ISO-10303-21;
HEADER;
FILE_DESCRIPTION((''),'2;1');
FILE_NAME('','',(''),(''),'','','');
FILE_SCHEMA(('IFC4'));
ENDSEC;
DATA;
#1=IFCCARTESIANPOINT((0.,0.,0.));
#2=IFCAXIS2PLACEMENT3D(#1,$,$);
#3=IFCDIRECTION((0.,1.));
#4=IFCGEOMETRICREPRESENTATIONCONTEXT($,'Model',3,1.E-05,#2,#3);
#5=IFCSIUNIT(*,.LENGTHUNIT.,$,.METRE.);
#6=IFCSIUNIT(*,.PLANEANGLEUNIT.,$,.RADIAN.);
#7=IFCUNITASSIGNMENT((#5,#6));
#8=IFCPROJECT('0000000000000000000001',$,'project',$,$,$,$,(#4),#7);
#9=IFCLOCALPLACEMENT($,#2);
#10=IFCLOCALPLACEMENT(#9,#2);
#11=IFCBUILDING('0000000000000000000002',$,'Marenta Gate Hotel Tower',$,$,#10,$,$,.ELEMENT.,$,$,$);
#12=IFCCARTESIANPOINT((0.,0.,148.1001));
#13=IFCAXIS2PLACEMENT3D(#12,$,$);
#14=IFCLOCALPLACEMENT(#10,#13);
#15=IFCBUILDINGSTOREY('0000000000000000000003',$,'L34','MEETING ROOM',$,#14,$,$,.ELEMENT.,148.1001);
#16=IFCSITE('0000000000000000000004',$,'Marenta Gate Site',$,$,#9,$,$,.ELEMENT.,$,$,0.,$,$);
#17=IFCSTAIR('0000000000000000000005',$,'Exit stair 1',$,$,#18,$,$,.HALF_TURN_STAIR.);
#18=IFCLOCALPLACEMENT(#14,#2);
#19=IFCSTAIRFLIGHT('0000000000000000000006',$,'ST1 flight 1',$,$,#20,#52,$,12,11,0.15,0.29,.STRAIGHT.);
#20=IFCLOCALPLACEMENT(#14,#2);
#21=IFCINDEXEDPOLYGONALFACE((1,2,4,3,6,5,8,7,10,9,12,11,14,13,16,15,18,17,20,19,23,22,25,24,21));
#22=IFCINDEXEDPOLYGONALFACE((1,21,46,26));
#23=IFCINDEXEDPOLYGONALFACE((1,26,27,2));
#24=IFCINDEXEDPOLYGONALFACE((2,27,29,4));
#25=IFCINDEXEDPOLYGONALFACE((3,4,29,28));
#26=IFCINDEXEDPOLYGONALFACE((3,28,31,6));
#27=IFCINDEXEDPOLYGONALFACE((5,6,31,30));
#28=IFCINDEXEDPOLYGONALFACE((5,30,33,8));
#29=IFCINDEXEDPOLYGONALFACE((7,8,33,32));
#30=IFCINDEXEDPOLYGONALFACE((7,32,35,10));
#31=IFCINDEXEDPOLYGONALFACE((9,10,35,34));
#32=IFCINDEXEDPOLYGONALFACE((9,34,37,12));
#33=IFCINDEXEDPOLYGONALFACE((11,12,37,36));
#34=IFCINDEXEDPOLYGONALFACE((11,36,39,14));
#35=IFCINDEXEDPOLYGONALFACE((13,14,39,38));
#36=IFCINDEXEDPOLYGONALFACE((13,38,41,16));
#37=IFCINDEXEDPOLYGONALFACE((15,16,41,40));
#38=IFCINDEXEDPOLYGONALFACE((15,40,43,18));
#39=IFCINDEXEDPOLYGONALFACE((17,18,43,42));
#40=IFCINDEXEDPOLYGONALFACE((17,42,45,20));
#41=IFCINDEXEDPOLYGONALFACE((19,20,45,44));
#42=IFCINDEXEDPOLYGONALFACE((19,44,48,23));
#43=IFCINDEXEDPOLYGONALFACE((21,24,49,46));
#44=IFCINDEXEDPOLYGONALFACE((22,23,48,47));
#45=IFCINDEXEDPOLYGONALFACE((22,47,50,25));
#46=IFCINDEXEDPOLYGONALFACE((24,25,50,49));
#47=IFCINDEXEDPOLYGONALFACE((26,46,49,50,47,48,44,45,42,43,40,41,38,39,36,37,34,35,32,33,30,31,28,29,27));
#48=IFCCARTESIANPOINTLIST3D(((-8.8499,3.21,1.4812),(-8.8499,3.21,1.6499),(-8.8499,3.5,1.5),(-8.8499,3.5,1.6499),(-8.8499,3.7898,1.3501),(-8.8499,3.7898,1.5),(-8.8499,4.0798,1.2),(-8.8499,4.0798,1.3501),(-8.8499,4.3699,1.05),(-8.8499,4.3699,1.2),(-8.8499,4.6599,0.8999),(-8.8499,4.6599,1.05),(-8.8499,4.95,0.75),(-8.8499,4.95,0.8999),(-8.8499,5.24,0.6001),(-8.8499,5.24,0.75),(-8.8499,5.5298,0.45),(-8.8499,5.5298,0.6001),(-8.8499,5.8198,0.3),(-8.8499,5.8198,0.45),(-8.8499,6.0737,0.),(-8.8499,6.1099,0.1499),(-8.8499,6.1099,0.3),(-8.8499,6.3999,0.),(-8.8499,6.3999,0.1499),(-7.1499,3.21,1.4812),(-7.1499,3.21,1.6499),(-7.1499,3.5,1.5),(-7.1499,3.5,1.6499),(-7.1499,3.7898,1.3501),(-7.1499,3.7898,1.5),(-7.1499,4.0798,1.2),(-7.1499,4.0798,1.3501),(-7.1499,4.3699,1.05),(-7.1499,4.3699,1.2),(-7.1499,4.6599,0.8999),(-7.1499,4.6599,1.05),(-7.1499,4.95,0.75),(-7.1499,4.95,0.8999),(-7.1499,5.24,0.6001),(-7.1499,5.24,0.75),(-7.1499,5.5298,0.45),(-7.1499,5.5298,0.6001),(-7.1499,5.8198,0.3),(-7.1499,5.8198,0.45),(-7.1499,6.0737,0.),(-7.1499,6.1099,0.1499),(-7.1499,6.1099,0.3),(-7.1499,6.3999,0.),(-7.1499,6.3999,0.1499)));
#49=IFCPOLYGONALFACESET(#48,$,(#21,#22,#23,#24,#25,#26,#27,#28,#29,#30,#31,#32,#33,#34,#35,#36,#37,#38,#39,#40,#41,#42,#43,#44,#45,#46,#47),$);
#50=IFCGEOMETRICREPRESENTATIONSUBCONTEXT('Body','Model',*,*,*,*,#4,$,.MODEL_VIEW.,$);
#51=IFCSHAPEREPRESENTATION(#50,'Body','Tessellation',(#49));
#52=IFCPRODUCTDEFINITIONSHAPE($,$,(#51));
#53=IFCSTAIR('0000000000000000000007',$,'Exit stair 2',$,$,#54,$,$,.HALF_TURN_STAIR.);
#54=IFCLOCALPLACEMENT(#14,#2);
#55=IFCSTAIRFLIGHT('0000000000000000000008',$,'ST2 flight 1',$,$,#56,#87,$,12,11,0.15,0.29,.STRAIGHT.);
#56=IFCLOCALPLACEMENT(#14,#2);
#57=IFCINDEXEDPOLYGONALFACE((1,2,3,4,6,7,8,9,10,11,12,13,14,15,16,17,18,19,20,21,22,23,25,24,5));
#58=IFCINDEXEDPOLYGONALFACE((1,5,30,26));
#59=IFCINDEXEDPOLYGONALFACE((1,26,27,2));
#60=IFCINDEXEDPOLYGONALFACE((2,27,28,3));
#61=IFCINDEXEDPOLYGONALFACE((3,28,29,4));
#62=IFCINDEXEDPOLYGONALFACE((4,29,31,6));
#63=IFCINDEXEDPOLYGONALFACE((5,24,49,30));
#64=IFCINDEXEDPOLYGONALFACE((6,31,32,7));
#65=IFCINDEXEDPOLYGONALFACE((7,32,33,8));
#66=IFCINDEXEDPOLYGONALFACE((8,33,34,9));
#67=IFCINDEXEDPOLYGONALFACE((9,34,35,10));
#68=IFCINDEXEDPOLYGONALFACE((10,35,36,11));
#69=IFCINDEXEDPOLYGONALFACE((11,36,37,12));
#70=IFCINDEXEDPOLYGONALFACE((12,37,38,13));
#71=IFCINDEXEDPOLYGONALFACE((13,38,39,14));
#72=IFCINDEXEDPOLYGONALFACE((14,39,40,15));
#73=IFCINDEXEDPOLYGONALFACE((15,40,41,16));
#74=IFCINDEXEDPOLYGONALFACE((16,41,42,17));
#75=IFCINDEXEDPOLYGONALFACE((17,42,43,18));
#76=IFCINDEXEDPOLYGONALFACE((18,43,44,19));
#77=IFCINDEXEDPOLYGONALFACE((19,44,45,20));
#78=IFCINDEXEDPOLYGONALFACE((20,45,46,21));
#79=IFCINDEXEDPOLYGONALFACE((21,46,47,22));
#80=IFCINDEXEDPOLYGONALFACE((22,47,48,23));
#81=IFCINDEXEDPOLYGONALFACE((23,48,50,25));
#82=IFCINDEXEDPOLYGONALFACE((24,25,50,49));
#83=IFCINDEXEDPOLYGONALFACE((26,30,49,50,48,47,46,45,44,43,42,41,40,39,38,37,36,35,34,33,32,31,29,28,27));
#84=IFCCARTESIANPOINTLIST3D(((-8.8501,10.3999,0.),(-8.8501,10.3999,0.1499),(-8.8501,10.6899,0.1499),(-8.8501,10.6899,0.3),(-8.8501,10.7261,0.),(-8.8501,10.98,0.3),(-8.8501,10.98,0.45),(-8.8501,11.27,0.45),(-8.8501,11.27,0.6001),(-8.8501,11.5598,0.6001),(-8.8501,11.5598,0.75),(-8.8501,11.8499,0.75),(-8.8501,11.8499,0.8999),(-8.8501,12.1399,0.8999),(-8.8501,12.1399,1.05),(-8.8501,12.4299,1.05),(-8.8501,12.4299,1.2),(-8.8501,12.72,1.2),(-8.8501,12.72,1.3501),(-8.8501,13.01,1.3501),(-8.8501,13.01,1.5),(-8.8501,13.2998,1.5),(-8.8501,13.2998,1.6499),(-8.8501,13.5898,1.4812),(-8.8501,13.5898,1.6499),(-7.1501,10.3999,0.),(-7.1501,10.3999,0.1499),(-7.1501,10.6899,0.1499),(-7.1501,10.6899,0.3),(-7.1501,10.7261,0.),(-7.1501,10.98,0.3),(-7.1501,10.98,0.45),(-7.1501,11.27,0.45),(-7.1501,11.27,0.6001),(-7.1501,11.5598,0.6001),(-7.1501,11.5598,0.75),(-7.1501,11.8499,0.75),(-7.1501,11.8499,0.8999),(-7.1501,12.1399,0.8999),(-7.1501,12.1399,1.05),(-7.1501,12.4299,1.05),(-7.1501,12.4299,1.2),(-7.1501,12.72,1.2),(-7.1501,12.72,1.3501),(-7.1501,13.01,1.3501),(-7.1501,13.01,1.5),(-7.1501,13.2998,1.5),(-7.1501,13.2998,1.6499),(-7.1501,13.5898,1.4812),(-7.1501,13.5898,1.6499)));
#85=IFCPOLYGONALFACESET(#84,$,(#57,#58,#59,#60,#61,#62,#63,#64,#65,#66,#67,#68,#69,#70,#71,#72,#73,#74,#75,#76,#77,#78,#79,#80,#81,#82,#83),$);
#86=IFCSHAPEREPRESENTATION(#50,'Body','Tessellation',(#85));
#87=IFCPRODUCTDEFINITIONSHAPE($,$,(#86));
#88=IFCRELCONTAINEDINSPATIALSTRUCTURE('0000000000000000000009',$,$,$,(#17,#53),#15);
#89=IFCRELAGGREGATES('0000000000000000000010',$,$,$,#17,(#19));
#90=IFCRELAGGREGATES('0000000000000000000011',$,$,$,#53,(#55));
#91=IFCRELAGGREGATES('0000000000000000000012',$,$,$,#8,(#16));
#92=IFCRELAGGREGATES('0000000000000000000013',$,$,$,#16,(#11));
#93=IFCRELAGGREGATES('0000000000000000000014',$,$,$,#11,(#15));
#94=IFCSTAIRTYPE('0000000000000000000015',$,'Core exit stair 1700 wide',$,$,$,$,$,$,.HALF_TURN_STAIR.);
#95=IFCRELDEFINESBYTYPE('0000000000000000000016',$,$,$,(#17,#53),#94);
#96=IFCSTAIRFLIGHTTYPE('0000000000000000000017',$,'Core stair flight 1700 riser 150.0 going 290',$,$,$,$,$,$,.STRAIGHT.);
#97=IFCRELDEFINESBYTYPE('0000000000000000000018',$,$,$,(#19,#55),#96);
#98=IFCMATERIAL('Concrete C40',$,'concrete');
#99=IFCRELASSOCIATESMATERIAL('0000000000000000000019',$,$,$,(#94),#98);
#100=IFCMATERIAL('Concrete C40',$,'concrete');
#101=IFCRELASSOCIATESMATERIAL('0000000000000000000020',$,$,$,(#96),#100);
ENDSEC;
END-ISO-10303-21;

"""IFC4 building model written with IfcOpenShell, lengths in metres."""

from ifc_helpers import new_model, si_unit, direction, frame, origin, place, context, subcontext, project, spatial, polyline, outline, extrude, material, type_object, element, aggregate, save


model = new_model("IFC4")

# Units and contexts
model_context = context("Model", 3, precision=1e-05, world=origin(), true_north=direction((0.0, 1.0)))
body_context = subcontext(model_context, "Body", "Model", "MODEL_VIEW")
ifc_project = project(units=[si_unit("LENGTHUNIT", "METRE"), si_unit("PLANEANGLEUNIT", "RADIAN")], contexts=[model_context])

# Site, building, storey
site_placement = place(None, origin())
site = spatial("IfcSite", under=ifc_project, at=site_placement, Name="Marenta Gate Site", CompositionType="ELEMENT", RefElevation=0.0)
building_placement = place(site_placement, origin())
building = spatial("IfcBuilding", under=site, at=building_placement, Name="Marenta Gate Hotel Tower", CompositionType="ELEMENT")
storey_placement = place(building_placement, frame((0.0, 0.0, 148.1001)))
storey = spatial("IfcBuildingStorey", under=building, at=storey_placement, Name="L34", Description="MEETING ROOM", CompositionType="ELEMENT", Elevation=148.1001)

# Stairs, stair flights
ifc_material_1 = material(Name="Concrete C40", Category="concrete")
stair_type = type_object("IfcStairType", Name="Core exit stair 1700 wide", PredefinedType="HALF_TURN_STAIR", material=ifc_material_1)
stair_1_placement = place(storey_placement, origin())
stair_1 = element("IfcStair", 1, at=stair_1_placement, inside=storey, type_object=stair_type, Name="Exit stair 1", PredefinedType="HALF_TURN_STAIR")
ifc_material_2 = material(Name="Concrete C40", Category="concrete")
stair_flight_type = type_object("IfcStairFlightType", Name="Core stair flight 1700 riser 150.0 going 290", PredefinedType="STRAIGHT", material=ifc_material_2)
stair_flight_1_placement = place(storey_placement, frame((-8.0, 6.3999, 0.0), z_axis=(0.0, 0.0, 1.0), x_axis=(0.0, -1.0, 0.0)))
stair_flight_1 = element("IfcStairFlight", 2, at=stair_flight_1_placement, type_object=stair_flight_type, Name="ST1 flight 1", NumberOfRisers=12, NumberOfTreads=11, PredefinedType="STRAIGHT", RiserHeight=0.15, TreadLength=0.29, context=body_context, shape_type="SweptSolid", body=[
    extrude(outline(polyline([(0.0, 0.0), (0.0, 0.1499), (0.29, 0.1499), (0.29, 0.3), (0.5801, 0.3), (0.5801, 0.45), (0.8701, 0.45), (0.8701, 0.6001), (1.1599, 0.6001), (1.1599, 0.75), (1.45, 0.75), (1.45, 0.8999), (1.74, 0.8999), (1.74, 1.05), (2.03, 1.05), (2.03, 1.2), (2.3201, 1.2), (2.3201, 1.3501), (2.6101, 1.3501), (2.6101, 1.5), (2.8999, 1.5), (2.8999, 1.6499), (3.1899, 1.6499), (3.1899, 1.8), (3.1899, 1.4812), (0.3262, 0.0), (0.0, 0.0)])), frame((0.0, 0.8501, 0.0), z_axis=(0.0, -1.0, 0.0), x_axis=(1.0, 0.0, 0.0)), (0.0, 0.0, 1.0), 1.7),
])
aggregate(stair_1, [stair_flight_1])
stair_2_placement = place(storey_placement, origin())
stair_2 = element("IfcStair", 3, at=stair_2_placement, inside=storey, type_object=stair_type, Name="Exit stair 2", PredefinedType="HALF_TURN_STAIR")
stair_flight_2_placement = place(storey_placement, frame((-8.0, 10.3999, 0.0), z_axis=(0.0, 0.0, 1.0), x_axis=(0.0, 1.0, 0.0)))
stair_flight_2 = element("IfcStairFlight", 4, at=stair_flight_2_placement, type_object=stair_flight_type, Name="ST2 flight 1", NumberOfRisers=12, NumberOfTreads=11, PredefinedType="STRAIGHT", RiserHeight=0.15, TreadLength=0.29, context=body_context, shape_type="SweptSolid", body=[
    extrude(outline(polyline([(0.0, 0.0), (0.0, 0.1499), (0.29, 0.1499), (0.29, 0.3), (0.5801, 0.3), (0.5801, 0.45), (0.8701, 0.45), (0.8701, 0.6001), (1.1599, 0.6001), (1.1599, 0.75), (1.45, 0.75), (1.45, 0.8999), (1.74, 0.8999), (1.74, 1.05), (2.03, 1.05), (2.03, 1.2), (2.3201, 1.2), (2.3201, 1.3501), (2.6101, 1.3501), (2.6101, 1.5), (2.8999, 1.5), (2.8999, 1.6499), (3.1899, 1.6499), (3.1899, 1.8), (3.1899, 1.4812), (0.3262, 0.0), (0.0, 0.0)])), frame((0.0, 0.8501, 0.0), z_axis=(0.0, -1.0, 0.0), x_axis=(1.0, 0.0, 0.0)), (0.0, 0.0, 1.0), 1.7),
])
aggregate(stair_2, [stair_flight_2])

save(model, "model.ifc")
